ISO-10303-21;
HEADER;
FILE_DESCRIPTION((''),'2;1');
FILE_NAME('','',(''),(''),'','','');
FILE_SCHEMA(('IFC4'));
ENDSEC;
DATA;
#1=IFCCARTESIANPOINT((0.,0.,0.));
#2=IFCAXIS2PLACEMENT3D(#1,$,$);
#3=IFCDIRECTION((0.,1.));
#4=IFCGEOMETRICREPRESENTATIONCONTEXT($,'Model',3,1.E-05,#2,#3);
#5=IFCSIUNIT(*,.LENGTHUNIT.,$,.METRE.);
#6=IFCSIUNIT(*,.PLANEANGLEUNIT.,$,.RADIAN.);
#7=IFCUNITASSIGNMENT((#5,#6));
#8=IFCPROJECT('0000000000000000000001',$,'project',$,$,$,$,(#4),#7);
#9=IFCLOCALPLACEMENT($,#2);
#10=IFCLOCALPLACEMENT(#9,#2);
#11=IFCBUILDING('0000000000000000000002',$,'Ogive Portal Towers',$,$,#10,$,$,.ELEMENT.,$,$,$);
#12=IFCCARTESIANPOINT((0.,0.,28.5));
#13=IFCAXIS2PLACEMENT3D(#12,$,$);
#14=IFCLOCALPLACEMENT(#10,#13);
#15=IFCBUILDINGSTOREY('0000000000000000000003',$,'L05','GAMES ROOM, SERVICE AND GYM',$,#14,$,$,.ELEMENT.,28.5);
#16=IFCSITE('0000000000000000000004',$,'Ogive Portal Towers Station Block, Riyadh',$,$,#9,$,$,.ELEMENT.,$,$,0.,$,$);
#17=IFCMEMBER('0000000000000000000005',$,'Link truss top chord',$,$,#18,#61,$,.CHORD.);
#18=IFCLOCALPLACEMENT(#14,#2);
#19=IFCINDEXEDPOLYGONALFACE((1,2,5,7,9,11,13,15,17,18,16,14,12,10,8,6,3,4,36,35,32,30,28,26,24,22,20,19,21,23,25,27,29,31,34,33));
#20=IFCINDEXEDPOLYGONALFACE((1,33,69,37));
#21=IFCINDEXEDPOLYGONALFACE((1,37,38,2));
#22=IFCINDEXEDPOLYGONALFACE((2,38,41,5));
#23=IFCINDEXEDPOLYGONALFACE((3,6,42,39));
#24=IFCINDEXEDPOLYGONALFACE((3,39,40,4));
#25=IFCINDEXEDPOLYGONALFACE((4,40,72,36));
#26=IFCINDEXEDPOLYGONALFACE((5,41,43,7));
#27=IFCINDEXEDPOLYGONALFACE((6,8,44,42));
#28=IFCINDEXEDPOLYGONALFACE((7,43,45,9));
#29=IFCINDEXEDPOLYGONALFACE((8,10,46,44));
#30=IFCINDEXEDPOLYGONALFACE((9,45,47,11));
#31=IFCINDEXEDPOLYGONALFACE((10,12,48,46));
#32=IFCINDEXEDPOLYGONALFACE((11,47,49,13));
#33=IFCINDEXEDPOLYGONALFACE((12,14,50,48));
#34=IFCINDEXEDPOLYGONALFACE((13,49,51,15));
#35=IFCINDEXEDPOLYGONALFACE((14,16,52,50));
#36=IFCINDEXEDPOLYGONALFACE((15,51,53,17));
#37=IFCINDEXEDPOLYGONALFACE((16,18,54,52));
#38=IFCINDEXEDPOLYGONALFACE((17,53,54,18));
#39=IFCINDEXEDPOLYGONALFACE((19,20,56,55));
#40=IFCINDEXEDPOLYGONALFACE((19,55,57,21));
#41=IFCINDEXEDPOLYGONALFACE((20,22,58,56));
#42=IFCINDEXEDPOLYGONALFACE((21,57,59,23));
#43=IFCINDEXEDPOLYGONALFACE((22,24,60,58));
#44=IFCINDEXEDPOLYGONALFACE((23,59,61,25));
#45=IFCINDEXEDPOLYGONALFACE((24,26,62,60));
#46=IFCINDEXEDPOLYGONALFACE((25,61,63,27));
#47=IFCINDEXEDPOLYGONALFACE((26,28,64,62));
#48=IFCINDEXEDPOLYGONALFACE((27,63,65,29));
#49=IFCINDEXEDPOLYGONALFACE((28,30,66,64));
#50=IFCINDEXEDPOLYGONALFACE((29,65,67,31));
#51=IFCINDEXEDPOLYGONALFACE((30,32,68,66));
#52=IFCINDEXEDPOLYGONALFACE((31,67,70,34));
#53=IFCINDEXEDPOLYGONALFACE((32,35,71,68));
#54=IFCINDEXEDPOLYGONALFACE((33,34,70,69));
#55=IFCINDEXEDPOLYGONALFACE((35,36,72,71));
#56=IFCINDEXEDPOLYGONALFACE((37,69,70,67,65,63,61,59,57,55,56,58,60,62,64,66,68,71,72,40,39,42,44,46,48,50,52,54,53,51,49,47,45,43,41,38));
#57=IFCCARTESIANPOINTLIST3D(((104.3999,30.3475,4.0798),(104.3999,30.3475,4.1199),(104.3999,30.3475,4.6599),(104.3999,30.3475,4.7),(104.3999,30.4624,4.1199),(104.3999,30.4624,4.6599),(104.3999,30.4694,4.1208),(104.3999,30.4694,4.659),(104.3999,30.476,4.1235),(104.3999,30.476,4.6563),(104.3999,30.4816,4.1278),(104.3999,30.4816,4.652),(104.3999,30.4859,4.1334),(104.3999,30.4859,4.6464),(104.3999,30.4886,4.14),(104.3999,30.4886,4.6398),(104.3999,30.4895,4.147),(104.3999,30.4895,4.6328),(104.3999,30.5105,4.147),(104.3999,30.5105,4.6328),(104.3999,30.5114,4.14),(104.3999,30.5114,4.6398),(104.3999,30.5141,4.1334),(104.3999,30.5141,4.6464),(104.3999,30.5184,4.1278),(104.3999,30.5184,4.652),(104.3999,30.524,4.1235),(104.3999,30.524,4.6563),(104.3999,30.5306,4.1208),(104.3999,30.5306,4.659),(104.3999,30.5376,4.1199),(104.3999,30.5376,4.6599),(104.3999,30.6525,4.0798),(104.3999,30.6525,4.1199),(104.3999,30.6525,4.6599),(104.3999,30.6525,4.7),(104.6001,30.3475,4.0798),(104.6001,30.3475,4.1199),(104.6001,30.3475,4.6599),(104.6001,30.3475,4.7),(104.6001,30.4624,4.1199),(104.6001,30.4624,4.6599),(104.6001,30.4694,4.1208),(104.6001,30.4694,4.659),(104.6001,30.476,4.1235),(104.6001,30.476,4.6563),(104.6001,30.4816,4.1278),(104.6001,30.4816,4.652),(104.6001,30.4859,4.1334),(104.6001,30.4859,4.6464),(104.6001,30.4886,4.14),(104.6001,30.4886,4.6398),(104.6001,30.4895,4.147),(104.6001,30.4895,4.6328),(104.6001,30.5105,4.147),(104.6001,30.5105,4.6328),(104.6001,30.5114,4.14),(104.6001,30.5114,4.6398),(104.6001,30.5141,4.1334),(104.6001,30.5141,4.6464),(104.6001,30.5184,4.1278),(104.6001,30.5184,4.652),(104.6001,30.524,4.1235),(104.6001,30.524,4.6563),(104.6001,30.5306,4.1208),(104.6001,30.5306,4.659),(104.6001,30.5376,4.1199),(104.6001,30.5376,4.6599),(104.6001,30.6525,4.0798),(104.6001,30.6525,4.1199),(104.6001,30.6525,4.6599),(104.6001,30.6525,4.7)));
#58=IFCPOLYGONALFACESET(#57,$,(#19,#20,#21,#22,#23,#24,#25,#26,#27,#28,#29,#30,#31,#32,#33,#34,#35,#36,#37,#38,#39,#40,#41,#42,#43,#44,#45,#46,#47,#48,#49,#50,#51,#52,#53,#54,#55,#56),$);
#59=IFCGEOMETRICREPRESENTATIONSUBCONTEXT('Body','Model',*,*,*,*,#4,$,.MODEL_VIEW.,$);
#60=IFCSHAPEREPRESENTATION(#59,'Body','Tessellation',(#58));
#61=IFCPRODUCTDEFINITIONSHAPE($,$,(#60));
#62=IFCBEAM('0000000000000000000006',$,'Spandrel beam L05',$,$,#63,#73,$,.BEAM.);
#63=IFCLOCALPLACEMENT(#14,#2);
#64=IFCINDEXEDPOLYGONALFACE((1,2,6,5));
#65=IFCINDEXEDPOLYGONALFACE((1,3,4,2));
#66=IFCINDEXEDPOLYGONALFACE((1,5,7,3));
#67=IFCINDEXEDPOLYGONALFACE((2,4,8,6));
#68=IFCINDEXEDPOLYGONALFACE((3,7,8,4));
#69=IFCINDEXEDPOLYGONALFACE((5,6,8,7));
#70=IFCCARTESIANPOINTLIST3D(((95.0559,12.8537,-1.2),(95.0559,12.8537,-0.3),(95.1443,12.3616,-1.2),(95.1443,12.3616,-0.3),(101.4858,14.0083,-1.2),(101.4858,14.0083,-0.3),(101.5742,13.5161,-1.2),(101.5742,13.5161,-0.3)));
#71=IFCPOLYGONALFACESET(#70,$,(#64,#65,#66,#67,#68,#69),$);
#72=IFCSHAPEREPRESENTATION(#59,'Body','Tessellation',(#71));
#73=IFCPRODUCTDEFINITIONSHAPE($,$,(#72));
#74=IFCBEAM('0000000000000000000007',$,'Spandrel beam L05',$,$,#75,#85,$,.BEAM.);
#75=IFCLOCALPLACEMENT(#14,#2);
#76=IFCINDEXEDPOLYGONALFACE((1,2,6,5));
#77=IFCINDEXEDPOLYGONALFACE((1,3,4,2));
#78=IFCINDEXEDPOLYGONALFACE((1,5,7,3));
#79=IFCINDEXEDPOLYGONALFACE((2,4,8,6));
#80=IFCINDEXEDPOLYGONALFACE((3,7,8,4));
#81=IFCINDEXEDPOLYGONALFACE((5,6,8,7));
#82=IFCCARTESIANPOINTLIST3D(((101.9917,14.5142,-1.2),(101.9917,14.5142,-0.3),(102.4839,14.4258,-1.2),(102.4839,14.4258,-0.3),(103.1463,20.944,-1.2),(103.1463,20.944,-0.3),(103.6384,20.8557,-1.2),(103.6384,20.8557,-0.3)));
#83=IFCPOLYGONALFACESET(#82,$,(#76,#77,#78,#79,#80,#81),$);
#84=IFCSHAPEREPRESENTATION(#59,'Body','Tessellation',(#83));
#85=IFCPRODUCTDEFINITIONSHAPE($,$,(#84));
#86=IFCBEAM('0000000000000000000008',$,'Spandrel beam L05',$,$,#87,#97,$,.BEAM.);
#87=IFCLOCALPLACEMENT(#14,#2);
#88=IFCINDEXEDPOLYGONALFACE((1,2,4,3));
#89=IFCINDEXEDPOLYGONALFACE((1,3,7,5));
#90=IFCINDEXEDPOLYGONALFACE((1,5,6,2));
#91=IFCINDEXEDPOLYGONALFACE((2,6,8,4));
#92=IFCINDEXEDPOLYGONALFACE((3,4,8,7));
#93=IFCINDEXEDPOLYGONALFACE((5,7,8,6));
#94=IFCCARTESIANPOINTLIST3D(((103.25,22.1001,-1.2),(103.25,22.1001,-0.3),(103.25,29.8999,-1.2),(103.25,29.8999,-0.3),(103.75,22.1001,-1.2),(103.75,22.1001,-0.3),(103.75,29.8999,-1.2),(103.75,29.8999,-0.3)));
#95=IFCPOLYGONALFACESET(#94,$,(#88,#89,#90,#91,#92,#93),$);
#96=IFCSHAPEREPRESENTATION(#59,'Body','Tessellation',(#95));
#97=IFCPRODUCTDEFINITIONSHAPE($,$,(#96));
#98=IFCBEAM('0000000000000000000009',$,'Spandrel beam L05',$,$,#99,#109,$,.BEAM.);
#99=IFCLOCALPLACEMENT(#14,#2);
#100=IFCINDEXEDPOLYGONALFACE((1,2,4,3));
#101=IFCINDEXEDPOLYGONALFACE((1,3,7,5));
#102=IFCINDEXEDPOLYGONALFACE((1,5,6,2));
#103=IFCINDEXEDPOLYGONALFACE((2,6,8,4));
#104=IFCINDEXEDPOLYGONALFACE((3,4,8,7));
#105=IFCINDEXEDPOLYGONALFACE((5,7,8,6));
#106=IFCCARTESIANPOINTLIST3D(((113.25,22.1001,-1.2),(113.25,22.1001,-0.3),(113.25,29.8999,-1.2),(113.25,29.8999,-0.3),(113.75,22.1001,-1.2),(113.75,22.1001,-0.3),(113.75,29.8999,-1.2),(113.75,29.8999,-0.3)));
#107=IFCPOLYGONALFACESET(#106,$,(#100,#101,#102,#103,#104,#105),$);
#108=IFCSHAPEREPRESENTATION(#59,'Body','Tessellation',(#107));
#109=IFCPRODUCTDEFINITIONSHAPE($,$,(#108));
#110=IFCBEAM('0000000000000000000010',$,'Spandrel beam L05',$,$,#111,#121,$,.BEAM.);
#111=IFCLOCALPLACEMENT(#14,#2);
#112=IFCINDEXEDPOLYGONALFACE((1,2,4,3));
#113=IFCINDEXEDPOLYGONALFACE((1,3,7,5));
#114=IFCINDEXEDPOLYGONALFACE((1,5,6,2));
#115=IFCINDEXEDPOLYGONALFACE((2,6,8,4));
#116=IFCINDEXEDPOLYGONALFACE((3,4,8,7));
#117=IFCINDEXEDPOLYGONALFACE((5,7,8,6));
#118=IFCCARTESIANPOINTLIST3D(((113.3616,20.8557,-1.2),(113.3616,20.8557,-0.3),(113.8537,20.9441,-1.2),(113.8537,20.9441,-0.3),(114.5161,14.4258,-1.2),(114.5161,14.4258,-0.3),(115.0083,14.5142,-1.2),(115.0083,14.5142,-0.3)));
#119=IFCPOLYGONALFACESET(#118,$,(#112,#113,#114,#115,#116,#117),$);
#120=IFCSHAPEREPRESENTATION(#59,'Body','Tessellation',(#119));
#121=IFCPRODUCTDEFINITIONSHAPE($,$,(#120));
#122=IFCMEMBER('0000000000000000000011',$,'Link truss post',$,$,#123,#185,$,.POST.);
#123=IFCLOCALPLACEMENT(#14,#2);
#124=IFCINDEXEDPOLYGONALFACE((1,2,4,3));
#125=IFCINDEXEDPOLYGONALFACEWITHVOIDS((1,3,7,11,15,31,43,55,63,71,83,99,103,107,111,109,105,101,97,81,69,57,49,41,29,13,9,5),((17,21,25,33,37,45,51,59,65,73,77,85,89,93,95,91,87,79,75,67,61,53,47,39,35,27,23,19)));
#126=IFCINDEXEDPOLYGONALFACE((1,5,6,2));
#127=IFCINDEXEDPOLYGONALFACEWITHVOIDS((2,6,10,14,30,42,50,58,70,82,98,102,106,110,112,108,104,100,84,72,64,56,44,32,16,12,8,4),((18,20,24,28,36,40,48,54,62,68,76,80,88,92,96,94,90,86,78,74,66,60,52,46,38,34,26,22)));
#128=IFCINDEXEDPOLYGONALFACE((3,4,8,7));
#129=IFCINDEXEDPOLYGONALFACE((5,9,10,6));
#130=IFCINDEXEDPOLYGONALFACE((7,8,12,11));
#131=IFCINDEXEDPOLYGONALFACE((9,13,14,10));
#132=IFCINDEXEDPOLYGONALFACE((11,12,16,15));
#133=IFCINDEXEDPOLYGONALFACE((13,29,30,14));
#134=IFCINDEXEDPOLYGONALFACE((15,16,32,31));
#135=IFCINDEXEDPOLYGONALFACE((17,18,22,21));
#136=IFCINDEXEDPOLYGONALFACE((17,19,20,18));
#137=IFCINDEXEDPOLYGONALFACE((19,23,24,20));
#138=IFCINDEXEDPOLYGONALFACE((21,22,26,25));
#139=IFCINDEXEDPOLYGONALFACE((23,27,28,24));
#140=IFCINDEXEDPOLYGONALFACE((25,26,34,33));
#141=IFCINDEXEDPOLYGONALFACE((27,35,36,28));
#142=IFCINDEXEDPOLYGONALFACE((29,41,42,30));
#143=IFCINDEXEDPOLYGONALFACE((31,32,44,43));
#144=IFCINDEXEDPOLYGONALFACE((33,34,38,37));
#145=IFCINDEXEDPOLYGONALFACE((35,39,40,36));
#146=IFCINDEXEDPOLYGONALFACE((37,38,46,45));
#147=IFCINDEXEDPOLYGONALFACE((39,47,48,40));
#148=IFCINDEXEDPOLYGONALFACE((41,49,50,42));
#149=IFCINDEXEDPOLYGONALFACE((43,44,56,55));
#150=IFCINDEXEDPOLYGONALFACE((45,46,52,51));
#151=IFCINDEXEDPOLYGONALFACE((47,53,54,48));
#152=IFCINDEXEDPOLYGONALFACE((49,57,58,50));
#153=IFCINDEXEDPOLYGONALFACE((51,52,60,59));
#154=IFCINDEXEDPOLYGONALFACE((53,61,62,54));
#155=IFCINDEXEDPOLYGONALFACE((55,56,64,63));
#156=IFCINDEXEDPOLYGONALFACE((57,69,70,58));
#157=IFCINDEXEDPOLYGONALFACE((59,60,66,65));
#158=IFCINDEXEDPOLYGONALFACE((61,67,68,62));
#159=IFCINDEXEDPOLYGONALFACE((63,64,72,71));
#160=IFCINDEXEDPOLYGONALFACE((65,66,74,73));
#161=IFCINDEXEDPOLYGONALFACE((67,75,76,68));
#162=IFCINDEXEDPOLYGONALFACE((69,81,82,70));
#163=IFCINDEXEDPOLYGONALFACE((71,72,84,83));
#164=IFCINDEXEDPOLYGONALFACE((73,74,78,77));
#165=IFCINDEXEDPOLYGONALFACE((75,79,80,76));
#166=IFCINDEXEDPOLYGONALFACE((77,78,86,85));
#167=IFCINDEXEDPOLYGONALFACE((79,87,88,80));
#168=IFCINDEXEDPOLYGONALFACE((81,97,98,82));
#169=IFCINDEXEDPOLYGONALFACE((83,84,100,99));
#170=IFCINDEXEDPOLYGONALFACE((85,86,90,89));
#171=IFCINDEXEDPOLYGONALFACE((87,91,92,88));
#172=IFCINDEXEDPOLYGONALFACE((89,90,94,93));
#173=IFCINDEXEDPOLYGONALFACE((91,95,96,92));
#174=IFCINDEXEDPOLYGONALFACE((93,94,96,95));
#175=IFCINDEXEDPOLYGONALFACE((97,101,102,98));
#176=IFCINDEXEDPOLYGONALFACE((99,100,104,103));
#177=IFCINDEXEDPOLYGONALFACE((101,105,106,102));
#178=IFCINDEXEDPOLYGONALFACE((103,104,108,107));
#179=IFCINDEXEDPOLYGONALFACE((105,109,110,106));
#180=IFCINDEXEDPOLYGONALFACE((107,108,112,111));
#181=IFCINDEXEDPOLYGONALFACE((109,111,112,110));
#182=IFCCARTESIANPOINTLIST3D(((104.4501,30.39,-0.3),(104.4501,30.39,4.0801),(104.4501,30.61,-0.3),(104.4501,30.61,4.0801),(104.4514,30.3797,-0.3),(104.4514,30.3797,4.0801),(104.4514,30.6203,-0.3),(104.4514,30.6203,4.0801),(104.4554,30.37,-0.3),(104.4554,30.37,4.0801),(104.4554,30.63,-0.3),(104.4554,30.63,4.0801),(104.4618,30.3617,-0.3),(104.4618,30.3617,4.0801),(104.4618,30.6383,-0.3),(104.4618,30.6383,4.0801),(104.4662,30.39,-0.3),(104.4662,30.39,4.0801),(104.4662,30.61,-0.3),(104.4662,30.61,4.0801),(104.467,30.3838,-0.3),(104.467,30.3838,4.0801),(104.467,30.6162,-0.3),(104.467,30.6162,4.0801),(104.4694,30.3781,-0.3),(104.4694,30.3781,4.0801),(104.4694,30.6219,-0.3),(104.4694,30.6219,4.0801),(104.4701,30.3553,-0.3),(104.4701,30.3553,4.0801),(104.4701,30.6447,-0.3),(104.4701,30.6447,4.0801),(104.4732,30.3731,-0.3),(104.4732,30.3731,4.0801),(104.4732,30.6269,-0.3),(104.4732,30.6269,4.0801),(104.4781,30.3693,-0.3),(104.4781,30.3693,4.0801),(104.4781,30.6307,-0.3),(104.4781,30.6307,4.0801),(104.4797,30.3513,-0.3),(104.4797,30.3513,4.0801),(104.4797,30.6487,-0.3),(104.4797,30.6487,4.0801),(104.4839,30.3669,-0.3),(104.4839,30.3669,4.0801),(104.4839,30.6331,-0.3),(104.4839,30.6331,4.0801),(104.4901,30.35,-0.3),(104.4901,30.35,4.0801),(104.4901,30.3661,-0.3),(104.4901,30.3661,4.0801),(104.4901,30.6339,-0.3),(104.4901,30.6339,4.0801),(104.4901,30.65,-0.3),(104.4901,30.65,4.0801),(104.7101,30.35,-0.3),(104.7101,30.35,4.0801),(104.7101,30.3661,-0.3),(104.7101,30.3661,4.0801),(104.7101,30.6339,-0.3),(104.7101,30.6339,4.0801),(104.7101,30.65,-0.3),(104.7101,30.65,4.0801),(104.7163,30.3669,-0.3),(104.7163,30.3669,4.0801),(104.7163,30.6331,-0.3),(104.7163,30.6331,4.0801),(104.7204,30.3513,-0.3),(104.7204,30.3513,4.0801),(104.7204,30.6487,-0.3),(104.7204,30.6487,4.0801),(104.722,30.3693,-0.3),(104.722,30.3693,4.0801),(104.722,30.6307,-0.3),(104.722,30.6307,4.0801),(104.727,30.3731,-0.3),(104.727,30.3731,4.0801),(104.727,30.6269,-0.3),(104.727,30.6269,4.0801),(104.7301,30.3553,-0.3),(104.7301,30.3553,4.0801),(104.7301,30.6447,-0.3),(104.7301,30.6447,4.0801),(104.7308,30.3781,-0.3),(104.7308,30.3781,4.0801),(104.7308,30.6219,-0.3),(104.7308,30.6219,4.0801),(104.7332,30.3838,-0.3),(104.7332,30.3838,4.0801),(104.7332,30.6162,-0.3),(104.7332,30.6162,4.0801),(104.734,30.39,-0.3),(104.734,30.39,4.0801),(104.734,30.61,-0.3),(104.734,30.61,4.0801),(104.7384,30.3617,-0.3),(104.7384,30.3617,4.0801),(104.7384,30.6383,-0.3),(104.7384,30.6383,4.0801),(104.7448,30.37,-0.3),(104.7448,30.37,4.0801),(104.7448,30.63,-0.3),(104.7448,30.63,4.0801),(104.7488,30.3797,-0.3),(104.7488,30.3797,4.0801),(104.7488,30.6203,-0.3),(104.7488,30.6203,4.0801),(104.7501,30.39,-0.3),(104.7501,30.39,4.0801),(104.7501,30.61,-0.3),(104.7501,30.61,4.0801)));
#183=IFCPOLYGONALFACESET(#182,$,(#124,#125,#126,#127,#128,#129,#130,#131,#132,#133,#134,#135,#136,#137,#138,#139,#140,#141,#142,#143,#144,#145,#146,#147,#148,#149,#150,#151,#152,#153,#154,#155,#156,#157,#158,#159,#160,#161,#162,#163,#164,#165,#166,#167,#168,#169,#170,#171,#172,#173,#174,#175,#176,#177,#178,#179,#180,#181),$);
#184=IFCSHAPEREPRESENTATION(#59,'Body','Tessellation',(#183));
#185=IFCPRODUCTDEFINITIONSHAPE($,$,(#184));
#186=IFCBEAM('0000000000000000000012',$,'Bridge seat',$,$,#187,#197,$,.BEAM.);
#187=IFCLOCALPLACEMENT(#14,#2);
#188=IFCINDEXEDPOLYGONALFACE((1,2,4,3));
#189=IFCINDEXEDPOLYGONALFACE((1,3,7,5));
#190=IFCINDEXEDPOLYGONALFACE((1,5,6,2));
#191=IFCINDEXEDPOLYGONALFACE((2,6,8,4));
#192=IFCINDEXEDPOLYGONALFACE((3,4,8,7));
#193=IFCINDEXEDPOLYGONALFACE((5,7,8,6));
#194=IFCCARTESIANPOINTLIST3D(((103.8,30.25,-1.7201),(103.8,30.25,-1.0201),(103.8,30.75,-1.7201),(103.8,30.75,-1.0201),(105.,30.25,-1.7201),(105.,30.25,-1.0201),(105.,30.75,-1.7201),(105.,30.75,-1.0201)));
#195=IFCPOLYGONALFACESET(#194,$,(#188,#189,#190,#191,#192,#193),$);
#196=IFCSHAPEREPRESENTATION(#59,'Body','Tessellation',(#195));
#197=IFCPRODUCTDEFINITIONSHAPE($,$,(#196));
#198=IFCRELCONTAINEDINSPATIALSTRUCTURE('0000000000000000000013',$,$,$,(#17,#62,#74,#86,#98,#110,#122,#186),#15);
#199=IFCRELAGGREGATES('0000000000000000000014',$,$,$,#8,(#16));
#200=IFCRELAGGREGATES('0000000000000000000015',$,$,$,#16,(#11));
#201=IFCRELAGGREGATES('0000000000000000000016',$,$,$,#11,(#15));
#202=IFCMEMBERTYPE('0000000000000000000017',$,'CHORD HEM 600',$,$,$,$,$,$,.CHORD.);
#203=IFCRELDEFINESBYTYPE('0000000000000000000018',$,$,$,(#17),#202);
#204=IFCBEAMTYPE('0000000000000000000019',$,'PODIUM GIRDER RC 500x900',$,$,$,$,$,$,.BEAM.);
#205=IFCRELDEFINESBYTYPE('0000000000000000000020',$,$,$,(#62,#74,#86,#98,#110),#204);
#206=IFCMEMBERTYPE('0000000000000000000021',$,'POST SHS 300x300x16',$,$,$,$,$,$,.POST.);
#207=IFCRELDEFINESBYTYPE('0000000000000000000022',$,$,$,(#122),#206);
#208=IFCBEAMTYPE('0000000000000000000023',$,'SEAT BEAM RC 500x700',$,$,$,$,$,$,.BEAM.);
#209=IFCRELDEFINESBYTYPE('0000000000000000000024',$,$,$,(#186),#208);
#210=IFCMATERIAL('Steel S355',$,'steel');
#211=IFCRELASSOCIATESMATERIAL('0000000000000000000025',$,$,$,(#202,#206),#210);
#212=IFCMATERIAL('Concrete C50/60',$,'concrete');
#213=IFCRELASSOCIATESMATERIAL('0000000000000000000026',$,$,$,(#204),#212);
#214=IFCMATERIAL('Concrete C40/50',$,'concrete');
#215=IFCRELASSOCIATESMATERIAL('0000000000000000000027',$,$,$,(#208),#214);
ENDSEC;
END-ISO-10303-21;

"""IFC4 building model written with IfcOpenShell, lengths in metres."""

from ifc_helpers import new_model, si_unit, direction, frame, origin, origin_2d, place, context, subcontext, project, spatial, rectangle, hollow_rectangle, i_section, extrude, material, material_profile, profile_set, type_object, element, save


model = new_model("IFC4")

# Units and contexts
model_context = context("Model", 3, precision=1e-05, world=origin(), true_north=direction((0.0, 1.0)))
body_context = subcontext(model_context, "Body", "Model", "MODEL_VIEW")
ifc_project = project(units=[si_unit("LENGTHUNIT", "METRE"), si_unit("PLANEANGLEUNIT", "RADIAN")], contexts=[model_context])

# Site, building, storey
site_placement = place(None, origin())
site = spatial("IfcSite", under=ifc_project, at=site_placement, Name="Ogive Portal Towers Station Block, Riyadh", CompositionType="ELEMENT", RefElevation=0.0)
building_placement = place(site_placement, origin())
building = spatial("IfcBuilding", under=site, at=building_placement, Name="Ogive Portal Towers", CompositionType="ELEMENT")
storey_placement = place(building_placement, frame((0.0, 0.0, 28.5)))
storey = spatial("IfcBuildingStorey", under=building, at=storey_placement, Name="L05", Description="GAMES ROOM, SERVICE AND GYM", CompositionType="ELEMENT", Elevation=28.5)

# Shared definitions
ifc_material_1 = material(Name="Concrete C50/60", Category="concrete")

# Member
ifc_material_2 = material(Name="Steel S355", Category="steel")
ifc_material_profile_1 = material_profile(ifc_material_2, i_section(OverallWidth=0.3049, OverallDepth=0.6201, WebThickness=0.021, FlangeThickness=0.04, FilletRadius=0.0271, at=origin_2d()), Name="HEM 600")
ifc_profile_set_1 = profile_set([ifc_material_profile_1], Name="Steel S355")
member_type_1 = type_object("IfcMemberType", Name="CHORD HEM 600", PredefinedType="CHORD", material=ifc_profile_set_1)
member_1_placement = place(storey_placement, frame((104.3999, 30.5, 4.3899), z_axis=(1.0, 0.0, 0.0), x_axis=(0.0, 1.0, 0.0)))
element("IfcMember", 1, at=member_1_placement, inside=storey, type_object=member_type_1, Name="Link truss top chord", PredefinedType="CHORD", context=body_context, shape_type="SweptSolid", body=[
    extrude(i_section(OverallWidth=0.3049, OverallDepth=0.6201, WebThickness=0.021, FlangeThickness=0.04, FilletRadius=0.0271, at=origin_2d()), origin(), (0.0, 0.0, 1.0), 0.2002),
])

# Beams
ifc_material_profile_2 = material_profile(ifc_material_1, rectangle(XDim=0.5, YDim=0.8999, at=origin_2d()), Name="RC 500x900")
ifc_profile_set_2 = profile_set([ifc_material_profile_2], Name="Concrete C50/60")
beam_type_1 = type_object("IfcBeamType", Name="PODIUM GIRDER RC 500x900", PredefinedType="BEAM", material=ifc_profile_set_2)
for number, where, z_axis, x_axis, name in (
    (2, (95.1001, 12.6077, -0.75), (0.984259, 0.176731, 0.0), (-0.176731, 0.984259, 0.0), "Spandrel beam L05"),
    (3, (102.2378, 14.47, -0.75), (0.176731, 0.984259, 0.0), (-0.984259, 0.176731, 0.0), "Spandrel beam L05"),
):
    element("IfcBeam", number, at=place(storey_placement, frame(where, z_axis=z_axis, x_axis=x_axis)), inside=storey, type_object=beam_type_1, Name=name, PredefinedType="BEAM", context=body_context, shape_type="SweptSolid", body=[
        extrude(rectangle(XDim=0.5, YDim=0.8999, at=origin_2d()), origin(), (0.0, 0.0, 1.0), 6.5327),
    ])
for number, where, z_axis, x_axis, name in (
    (4, (103.5, 22.1001, -0.75), (0.0, 1.0, 0.0), (-1.0, 0.0, 0.0), "Spandrel beam L05"),
    (5, (113.5, 29.8999, -0.75), (0.0, -1.0, 0.0), (1.0, 0.0, 0.0), "Spandrel beam L05"),
):
    element("IfcBeam", number, at=place(storey_placement, frame(where, z_axis=z_axis, x_axis=x_axis)), inside=storey, type_object=beam_type_1, Name=name, PredefinedType="BEAM", context=body_context, shape_type="SweptSolid", body=[
        extrude(rectangle(XDim=0.5, YDim=0.8999, at=origin_2d()), origin(), (0.0, 0.0, 1.0), 7.7998),
    ])
beam_1_placement = place(storey_placement, frame((113.6077, 20.8999, -0.75), z_axis=(0.176731, -0.984259, 0.0), x_axis=(0.984259, 0.176731, 0.0)))
element("IfcBeam", 6, at=beam_1_placement, inside=storey, type_object=beam_type_1, Name="Spandrel beam L05", PredefinedType="BEAM", context=body_context, shape_type="SweptSolid", body=[
    extrude(rectangle(XDim=0.5, YDim=0.8999, at=origin_2d()), origin(), (0.0, 0.0, 1.0), 6.5327),
])

# Member
ifc_material_profile_3 = material_profile(ifc_material_2, hollow_rectangle(XDim=0.3, YDim=0.3, WallThickness=0.0161, InnerFilletRadius=0.0239, OuterFilletRadius=0.04, at=origin_2d()), Name="SHS 300x300x16")
ifc_profile_set_3 = profile_set([ifc_material_profile_3], Name="Steel S355")
member_type_2 = type_object("IfcMemberType", Name="POST SHS 300x300x16", PredefinedType="POST", material=ifc_profile_set_3)
member_2_placement = place(storey_placement, frame((104.6001, 30.5, -0.3), z_axis=(0.0, 0.0, 1.0), x_axis=(1.0, 0.0, 0.0)))
element("IfcMember", 7, at=member_2_placement, inside=storey, type_object=member_type_2, Name="Link truss post", PredefinedType="POST", context=body_context, shape_type="SweptSolid", body=[
    extrude(hollow_rectangle(XDim=0.3, YDim=0.3, WallThickness=0.0161, InnerFilletRadius=0.0239, OuterFilletRadius=0.04, at=origin_2d()), origin(), (0.0, 0.0, 1.0), 4.3801),
])

# Beam
ifc_material_3 = material(Name="Concrete C40/50", Category="concrete")
ifc_material_profile_4 = material_profile(ifc_material_3, rectangle(XDim=0.5, YDim=0.7, at=origin_2d()), Name="RC 500x700")
ifc_profile_set_4 = profile_set([ifc_material_profile_4], Name="Concrete C40/50")
beam_type_2 = type_object("IfcBeamType", Name="SEAT BEAM RC 500x700", PredefinedType="BEAM", material=ifc_profile_set_4)
beam_2_placement = place(storey_placement, frame((103.8, 30.5, -1.3701), z_axis=(1.0, 0.0, 0.0), x_axis=(0.0, 1.0, 0.0)))
element("IfcBeam", 8, at=beam_2_placement, inside=storey, type_object=beam_type_2, Name="Bridge seat", PredefinedType="BEAM", context=body_context, shape_type="SweptSolid", body=[
    extrude(rectangle(XDim=0.5, YDim=0.7, at=origin_2d()), origin(), (0.0, 0.0, 1.0), 1.2),
])

save(model, "model.ifc")
